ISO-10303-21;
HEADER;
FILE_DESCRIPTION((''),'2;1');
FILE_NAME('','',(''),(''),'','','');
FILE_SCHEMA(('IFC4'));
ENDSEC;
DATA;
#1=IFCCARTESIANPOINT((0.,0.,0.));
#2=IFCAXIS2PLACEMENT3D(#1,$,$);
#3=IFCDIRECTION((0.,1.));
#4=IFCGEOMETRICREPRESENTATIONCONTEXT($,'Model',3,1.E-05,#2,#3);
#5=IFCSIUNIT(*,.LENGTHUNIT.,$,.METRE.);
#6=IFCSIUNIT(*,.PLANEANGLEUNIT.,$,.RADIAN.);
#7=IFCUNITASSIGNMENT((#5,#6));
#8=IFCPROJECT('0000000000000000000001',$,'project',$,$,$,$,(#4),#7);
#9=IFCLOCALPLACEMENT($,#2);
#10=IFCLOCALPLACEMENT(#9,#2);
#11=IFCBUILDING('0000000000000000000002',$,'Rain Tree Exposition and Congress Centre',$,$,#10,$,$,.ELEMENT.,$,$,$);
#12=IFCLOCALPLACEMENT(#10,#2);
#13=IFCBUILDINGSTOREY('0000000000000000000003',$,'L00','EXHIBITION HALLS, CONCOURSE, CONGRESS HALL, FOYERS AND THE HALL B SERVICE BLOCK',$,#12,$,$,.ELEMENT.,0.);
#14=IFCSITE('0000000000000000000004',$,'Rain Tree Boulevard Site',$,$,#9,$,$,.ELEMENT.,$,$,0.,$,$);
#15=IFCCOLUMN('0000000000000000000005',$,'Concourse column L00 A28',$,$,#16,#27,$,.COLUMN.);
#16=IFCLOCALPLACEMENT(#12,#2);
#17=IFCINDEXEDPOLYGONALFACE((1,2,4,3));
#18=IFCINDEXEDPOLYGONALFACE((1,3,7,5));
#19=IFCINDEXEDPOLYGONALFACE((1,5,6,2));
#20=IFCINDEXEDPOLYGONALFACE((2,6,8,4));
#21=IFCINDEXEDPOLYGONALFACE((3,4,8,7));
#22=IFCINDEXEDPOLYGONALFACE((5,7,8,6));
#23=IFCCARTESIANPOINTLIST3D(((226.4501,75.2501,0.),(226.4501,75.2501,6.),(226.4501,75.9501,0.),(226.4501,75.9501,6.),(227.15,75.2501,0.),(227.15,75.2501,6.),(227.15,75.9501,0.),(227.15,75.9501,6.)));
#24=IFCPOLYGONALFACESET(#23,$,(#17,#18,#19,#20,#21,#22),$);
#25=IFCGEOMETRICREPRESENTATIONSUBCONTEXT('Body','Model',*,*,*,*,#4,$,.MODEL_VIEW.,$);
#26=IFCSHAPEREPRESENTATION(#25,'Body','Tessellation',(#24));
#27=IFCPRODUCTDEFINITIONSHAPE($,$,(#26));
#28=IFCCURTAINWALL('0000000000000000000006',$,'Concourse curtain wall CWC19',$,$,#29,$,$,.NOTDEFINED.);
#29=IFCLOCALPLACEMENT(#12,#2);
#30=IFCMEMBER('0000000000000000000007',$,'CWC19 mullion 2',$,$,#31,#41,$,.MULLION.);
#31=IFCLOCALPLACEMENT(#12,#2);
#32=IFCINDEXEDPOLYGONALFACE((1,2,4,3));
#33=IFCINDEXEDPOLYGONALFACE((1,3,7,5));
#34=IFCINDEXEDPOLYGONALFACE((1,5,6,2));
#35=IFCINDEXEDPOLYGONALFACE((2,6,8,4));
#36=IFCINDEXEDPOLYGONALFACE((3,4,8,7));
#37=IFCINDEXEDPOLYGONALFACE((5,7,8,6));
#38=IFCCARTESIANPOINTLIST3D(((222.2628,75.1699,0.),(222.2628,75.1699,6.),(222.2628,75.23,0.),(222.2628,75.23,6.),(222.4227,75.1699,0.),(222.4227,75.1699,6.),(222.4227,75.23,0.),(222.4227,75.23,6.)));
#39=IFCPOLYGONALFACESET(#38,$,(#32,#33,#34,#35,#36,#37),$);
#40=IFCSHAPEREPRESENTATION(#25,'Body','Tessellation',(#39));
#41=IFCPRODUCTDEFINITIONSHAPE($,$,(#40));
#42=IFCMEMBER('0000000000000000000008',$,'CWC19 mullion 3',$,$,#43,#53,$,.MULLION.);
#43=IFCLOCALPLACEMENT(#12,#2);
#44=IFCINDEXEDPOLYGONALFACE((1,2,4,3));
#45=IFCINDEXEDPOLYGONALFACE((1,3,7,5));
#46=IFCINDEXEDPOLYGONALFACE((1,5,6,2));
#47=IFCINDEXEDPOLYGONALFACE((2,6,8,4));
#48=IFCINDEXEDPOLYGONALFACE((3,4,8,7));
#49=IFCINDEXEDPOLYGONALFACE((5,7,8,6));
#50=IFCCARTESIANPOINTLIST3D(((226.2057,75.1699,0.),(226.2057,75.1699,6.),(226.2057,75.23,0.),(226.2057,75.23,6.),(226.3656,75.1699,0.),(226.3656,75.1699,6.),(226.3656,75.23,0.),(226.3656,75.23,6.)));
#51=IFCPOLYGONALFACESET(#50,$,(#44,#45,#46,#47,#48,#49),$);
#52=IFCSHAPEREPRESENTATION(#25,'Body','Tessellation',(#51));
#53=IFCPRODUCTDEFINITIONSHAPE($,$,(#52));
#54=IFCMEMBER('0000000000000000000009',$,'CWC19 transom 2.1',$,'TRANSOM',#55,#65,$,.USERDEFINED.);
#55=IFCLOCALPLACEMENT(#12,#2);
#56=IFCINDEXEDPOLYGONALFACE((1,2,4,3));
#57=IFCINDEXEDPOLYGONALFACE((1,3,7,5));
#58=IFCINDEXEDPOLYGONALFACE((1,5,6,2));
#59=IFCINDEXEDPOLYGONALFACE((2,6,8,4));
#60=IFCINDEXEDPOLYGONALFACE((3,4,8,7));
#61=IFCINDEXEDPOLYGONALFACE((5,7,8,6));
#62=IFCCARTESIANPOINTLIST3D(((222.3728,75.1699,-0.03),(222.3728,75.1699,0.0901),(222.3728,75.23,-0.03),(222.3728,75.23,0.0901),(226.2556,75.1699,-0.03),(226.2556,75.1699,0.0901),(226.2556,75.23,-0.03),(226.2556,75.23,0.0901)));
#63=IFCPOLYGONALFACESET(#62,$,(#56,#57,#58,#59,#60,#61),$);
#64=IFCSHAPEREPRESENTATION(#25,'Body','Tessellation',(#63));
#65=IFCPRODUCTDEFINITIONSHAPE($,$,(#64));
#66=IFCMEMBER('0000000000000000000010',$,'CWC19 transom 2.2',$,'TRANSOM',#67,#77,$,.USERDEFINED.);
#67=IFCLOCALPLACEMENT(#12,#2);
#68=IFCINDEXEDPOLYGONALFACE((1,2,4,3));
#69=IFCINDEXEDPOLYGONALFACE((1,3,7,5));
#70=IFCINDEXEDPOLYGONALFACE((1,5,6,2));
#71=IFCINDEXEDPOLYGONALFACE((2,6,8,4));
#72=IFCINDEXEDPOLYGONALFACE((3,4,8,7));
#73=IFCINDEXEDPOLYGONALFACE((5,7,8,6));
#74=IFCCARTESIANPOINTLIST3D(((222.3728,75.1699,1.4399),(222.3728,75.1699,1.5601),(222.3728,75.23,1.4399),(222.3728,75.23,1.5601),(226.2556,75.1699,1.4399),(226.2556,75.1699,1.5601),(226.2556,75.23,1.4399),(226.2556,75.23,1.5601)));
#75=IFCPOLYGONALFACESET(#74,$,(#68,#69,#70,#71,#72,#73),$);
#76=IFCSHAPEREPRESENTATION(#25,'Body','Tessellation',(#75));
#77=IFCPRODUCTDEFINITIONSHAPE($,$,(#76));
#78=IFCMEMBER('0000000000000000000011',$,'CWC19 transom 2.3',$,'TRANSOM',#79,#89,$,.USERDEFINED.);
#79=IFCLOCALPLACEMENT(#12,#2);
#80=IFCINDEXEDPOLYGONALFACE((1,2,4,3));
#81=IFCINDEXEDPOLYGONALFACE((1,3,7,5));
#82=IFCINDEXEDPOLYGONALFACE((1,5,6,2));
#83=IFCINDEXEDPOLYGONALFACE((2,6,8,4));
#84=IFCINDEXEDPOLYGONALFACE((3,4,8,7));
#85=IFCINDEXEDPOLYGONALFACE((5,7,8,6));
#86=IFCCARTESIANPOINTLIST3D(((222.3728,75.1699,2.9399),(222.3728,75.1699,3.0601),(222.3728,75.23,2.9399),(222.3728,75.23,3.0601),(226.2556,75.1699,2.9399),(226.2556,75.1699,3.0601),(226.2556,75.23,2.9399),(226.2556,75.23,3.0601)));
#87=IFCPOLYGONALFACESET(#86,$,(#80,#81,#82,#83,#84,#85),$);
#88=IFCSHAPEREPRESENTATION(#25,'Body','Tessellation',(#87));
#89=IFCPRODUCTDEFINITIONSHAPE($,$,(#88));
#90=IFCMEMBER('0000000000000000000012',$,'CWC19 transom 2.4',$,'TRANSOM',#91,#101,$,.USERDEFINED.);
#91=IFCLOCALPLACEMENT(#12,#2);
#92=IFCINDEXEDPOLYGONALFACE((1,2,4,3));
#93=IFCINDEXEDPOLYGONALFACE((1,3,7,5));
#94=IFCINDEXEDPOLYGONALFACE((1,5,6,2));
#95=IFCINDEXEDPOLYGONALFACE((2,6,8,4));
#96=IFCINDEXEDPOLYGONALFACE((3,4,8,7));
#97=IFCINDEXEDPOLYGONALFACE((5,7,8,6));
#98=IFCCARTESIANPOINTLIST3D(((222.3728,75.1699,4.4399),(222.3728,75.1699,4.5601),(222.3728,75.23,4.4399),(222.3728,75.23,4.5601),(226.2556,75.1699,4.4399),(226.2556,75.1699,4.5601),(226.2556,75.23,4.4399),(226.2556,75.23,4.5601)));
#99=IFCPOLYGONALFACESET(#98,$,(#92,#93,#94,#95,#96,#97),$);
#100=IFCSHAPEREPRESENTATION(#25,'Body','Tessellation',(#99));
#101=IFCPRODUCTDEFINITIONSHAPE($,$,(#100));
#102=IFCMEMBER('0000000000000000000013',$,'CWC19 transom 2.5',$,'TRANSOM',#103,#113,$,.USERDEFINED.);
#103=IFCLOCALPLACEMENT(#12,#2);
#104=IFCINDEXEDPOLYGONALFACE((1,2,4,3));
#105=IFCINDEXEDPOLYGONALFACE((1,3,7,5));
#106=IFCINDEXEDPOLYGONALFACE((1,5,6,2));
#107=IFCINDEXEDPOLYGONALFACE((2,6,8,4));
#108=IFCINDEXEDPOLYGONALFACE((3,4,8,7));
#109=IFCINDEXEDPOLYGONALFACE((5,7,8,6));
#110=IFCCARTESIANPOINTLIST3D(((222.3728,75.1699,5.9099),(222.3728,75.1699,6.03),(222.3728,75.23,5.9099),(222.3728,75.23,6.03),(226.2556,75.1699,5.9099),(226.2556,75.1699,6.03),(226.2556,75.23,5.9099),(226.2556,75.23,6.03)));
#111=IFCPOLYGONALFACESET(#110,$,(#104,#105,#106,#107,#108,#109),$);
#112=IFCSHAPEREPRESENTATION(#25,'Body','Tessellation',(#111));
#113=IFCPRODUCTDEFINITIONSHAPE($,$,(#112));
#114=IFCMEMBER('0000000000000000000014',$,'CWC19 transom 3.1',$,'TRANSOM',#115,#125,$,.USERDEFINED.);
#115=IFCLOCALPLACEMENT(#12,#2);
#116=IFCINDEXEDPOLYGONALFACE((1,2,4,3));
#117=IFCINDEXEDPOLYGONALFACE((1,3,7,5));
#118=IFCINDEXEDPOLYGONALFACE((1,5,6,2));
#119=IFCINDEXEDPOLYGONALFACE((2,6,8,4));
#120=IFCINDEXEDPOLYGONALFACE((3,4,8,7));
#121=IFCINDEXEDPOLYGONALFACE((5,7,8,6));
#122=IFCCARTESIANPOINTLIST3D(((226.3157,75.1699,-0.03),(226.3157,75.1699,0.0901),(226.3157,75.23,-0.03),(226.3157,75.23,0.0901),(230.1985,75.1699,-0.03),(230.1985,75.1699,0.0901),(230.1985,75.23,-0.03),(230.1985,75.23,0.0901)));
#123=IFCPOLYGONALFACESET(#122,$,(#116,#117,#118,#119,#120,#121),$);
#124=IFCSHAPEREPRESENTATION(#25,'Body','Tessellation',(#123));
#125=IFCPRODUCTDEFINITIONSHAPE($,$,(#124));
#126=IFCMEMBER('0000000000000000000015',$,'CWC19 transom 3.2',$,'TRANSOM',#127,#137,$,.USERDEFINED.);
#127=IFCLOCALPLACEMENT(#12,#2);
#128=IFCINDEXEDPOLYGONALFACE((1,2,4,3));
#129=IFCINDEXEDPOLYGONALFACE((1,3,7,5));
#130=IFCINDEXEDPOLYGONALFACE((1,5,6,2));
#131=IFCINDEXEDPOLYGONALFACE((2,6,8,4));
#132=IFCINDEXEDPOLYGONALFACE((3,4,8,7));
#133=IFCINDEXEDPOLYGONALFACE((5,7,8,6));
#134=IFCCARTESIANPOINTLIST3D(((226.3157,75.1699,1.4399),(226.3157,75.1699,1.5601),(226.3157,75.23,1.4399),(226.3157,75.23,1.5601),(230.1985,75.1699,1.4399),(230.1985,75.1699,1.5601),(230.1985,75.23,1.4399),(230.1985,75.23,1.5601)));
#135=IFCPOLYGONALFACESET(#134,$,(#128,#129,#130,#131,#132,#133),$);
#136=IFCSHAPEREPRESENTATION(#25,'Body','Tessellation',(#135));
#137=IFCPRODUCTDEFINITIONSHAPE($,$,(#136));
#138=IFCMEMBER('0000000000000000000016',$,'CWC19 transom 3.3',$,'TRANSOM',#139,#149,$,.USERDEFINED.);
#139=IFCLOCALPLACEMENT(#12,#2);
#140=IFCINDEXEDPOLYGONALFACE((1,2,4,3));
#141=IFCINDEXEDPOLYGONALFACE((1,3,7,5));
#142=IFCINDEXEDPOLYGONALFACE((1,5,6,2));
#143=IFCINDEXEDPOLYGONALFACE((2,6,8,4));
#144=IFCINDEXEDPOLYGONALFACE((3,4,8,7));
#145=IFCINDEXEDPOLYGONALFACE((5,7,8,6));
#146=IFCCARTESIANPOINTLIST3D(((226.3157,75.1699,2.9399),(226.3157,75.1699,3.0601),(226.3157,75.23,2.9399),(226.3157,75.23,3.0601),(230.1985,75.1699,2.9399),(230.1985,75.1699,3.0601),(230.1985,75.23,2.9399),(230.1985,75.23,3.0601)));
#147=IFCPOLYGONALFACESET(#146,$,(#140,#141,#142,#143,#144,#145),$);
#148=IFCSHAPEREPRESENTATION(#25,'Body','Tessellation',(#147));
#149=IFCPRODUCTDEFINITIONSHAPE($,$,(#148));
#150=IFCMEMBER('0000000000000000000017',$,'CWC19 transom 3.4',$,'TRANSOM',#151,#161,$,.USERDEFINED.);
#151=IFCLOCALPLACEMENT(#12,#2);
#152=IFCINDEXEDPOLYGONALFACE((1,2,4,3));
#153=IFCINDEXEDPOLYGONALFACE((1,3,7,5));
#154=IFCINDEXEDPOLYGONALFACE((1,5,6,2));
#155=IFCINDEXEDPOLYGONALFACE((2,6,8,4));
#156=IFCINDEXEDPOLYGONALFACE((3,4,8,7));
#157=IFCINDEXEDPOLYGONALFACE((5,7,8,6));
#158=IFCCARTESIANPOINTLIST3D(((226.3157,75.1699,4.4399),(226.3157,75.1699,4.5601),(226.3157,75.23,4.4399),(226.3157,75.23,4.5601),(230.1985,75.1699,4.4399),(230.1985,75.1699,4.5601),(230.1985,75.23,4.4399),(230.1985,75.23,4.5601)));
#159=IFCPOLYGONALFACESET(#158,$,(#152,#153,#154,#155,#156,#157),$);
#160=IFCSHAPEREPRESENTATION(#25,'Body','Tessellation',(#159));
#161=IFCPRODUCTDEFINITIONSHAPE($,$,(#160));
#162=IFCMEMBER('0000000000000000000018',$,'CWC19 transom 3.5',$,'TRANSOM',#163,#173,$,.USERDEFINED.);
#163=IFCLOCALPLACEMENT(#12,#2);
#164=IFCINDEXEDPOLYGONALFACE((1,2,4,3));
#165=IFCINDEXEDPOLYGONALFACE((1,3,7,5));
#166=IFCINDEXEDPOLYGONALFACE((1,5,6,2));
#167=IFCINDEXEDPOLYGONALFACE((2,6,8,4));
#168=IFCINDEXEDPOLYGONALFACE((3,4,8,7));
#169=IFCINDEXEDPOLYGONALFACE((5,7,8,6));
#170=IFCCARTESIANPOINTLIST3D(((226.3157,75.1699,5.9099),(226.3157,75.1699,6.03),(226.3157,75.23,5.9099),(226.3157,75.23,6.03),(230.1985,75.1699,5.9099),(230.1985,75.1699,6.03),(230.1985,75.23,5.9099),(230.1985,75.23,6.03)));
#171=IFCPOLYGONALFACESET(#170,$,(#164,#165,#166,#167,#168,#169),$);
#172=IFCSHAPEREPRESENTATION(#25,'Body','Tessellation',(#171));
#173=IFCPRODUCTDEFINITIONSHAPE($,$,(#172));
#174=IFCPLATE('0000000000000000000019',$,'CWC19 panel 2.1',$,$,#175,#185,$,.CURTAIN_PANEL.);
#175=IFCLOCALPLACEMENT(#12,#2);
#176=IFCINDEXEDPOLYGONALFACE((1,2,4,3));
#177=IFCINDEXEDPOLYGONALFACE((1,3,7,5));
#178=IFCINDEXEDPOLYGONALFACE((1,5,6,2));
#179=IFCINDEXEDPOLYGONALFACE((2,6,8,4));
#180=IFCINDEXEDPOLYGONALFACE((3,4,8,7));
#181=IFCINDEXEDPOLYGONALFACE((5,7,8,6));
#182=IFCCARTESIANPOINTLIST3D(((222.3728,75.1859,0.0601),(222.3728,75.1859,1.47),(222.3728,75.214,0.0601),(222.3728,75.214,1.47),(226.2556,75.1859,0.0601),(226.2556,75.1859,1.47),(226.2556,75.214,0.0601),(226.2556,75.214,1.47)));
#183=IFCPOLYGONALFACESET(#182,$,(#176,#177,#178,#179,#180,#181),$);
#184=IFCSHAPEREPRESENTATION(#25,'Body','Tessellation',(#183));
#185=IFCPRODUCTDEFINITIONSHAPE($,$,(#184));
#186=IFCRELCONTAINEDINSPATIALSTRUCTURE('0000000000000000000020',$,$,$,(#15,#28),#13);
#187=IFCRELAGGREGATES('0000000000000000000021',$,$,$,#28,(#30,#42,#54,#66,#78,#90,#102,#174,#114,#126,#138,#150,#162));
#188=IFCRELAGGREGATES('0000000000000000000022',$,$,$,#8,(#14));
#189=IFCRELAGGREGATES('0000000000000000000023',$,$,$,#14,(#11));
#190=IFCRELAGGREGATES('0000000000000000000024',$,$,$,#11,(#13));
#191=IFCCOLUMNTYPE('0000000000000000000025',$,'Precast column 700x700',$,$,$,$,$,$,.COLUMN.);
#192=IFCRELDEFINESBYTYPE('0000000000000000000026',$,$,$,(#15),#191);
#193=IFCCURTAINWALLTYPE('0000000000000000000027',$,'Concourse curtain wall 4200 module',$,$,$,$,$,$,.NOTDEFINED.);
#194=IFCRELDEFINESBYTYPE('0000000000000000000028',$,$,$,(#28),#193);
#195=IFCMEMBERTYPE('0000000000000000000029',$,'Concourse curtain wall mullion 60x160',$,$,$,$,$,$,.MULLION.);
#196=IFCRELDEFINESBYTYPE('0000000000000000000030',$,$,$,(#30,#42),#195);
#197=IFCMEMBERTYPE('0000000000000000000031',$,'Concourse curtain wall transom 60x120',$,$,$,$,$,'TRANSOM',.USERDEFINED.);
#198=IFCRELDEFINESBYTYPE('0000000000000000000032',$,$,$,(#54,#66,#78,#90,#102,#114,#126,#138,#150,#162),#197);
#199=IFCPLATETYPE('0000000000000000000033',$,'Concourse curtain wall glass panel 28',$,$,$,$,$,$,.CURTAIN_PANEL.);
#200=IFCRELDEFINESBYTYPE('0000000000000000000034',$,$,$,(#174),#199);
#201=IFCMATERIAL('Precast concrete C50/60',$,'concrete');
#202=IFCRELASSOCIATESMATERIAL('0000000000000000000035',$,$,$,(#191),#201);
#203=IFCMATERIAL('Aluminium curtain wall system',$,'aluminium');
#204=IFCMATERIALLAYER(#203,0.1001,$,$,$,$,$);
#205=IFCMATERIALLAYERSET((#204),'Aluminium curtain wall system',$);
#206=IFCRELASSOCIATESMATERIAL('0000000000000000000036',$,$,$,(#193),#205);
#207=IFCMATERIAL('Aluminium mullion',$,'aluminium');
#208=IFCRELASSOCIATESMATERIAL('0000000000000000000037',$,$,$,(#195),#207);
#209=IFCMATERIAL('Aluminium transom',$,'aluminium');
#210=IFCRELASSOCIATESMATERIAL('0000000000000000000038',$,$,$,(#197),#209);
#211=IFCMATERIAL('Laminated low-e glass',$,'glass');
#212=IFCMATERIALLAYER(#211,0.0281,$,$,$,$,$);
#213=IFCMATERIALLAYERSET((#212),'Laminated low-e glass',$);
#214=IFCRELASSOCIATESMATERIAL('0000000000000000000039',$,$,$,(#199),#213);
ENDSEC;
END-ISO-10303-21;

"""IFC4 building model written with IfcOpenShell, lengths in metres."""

from ifc_helpers import new_model, si_unit, direction, frame, origin, origin_2d, place, context, subcontext, project, spatial, rectangle, extrude, material, layer, layer_set, material_profile, profile_set, type_object, element, aggregate, save


model = new_model("IFC4")

# Units and contexts
model_context = context("Model", 3, precision=1e-05, world=origin(), true_north=direction((0.0, 1.0)))
body_context = subcontext(model_context, "Body", "Model", "MODEL_VIEW")
ifc_project = project(units=[si_unit("LENGTHUNIT", "METRE"), si_unit("PLANEANGLEUNIT", "RADIAN")], contexts=[model_context])

# Site, building, storey
site_placement = place(None, origin())
site = spatial("IfcSite", under=ifc_project, at=site_placement, Name="Rain Tree Boulevard Site", CompositionType="ELEMENT", RefElevation=0.0)
building_placement = place(site_placement, origin())
building = spatial("IfcBuilding", under=site, at=building_placement, Name="Rain Tree Exposition and Congress Centre", CompositionType="ELEMENT")
storey_placement = place(building_placement, origin())
storey = spatial("IfcBuildingStorey", under=building, at=storey_placement, Name="L00", Description="EXHIBITION HALLS, CONCOURSE, CONGRESS HALL, FOYERS AND THE HALL B SERVICE BLOCK", CompositionType="ELEMENT", Elevation=0.0)

# Column
ifc_material_1 = material(Name="Precast concrete C50/60", Category="concrete")
ifc_material_profile_1 = material_profile(ifc_material_1, rectangle(XDim=0.7, YDim=0.7, at=origin_2d()), Name="RC 700x700")
ifc_profile_set_1 = profile_set([ifc_material_profile_1], Name="Precast concrete C50/60")
column_type = type_object("IfcColumnType", Name="Precast column 700x700", PredefinedType="COLUMN", material=ifc_profile_set_1)
column_placement = place(storey_placement, frame((226.8, 75.6001, 0.0), z_axis=(0.0, 0.0, 1.0), x_axis=(1.0, 0.0, 0.0)))
element("IfcColumn", 1, at=column_placement, inside=storey, type_object=column_type, Name="Concourse column L00 A28", PredefinedType="COLUMN", context=body_context, shape_type="SweptSolid", body=[
    extrude(rectangle(XDim=0.7, YDim=0.7, at=origin_2d()), origin(), (0.0, 0.0, 1.0), 6.0),
])

# Curtain wall, members, plate
ifc_material_2 = material(Name="Aluminium curtain wall system", Category="aluminium")
ifc_layer_1 = layer(ifc_material_2, 0.1001)
ifc_layer_set_1 = layer_set([ifc_layer_1], Name="Aluminium curtain wall system")
curtain_wall_type = type_object("IfcCurtainWallType", Name="Concourse curtain wall 4200 module", PredefinedType="NOTDEFINED", material=ifc_layer_set_1)
curtain_wall_placement = place(storey_placement, origin())
curtain_wall = element("IfcCurtainWall", 2, at=curtain_wall_placement, inside=storey, type_object=curtain_wall_type, Name="Concourse curtain wall CWC19", PredefinedType="NOTDEFINED")
ifc_material_3 = material(Name="Aluminium mullion", Category="aluminium")
ifc_material_profile_2 = material_profile(ifc_material_3, rectangle(XDim=0.0601, YDim=0.1599, at=origin_2d()), Name="AL 60x160")
ifc_profile_set_2 = profile_set([ifc_material_profile_2], Name="Aluminium mullion")
member_type_1 = type_object("IfcMemberType", Name="Concourse curtain wall mullion 60x160", PredefinedType="MULLION", material=ifc_profile_set_2)
member_1_placement = place(storey_placement, frame((222.3428, 75.2, 0.0), z_axis=(0.0, 0.0, 1.0), x_axis=(0.0, 1.0, 0.0)))
member_1 = element("IfcMember", 3, at=member_1_placement, type_object=member_type_1, Name="CWC19 mullion 2", PredefinedType="MULLION", context=body_context, shape_type="SweptSolid", body=[
    extrude(rectangle(XDim=0.0601, YDim=0.1599, at=origin_2d()), origin(), (0.0, 0.0, 1.0), 6.0),
])
member_2_placement = place(storey_placement, frame((226.2856, 75.2, 0.0), z_axis=(0.0, 0.0, 1.0), x_axis=(0.0, 1.0, 0.0)))
member_2 = element("IfcMember", 4, at=member_2_placement, type_object=member_type_1, Name="CWC19 mullion 3", PredefinedType="MULLION", context=body_context, shape_type="SweptSolid", body=[
    extrude(rectangle(XDim=0.0601, YDim=0.1599, at=origin_2d()), origin(), (0.0, 0.0, 1.0), 6.0),
])
ifc_material_4 = material(Name="Aluminium transom", Category="aluminium")
ifc_material_profile_3 = material_profile(ifc_material_4, rectangle(XDim=0.0601, YDim=0.1201, at=origin_2d()), Name="AL 60x120")
ifc_profile_set_3 = profile_set([ifc_material_profile_3], Name="Aluminium transom")
member_type_2 = type_object("IfcMemberType", Name="Concourse curtain wall transom 60x120", ElementType="TRANSOM", PredefinedType="USERDEFINED", material=ifc_profile_set_3)
member_3_placement = place(storey_placement, frame((222.3728, 75.2, 0.03), z_axis=(1.0, 0.0, 0.0), x_axis=(0.0, 1.0, 0.0)))
member_3 = element("IfcMember", 5, at=member_3_placement, type_object=member_type_2, Name="CWC19 transom 2.1", ObjectType="TRANSOM", PredefinedType="USERDEFINED", context=body_context, shape_type="SweptSolid", body=[
    extrude(rectangle(XDim=0.0601, YDim=0.1201, at=origin_2d()), origin(), (0.0, 0.0, 1.0), 3.8828),
])
member_4_placement = place(storey_placement, frame((222.3728, 75.2, 1.5), z_axis=(1.0, 0.0, 0.0), x_axis=(0.0, 1.0, 0.0)))
member_4 = element("IfcMember", 6, at=member_4_placement, type_object=member_type_2, Name="CWC19 transom 2.2", ObjectType="TRANSOM", PredefinedType="USERDEFINED", context=body_context, shape_type="SweptSolid", body=[
    extrude(rectangle(XDim=0.0601, YDim=0.1201, at=origin_2d()), origin(), (0.0, 0.0, 1.0), 3.8828),
])
member_5_placement = place(storey_placement, frame((222.3728, 75.2, 3.0), z_axis=(1.0, 0.0, 0.0), x_axis=(0.0, 1.0, 0.0)))
member_5 = element("IfcMember", 7, at=member_5_placement, type_object=member_type_2, Name="CWC19 transom 2.3", ObjectType="TRANSOM", PredefinedType="USERDEFINED", context=body_context, shape_type="SweptSolid", body=[
    extrude(rectangle(XDim=0.0601, YDim=0.1201, at=origin_2d()), origin(), (0.0, 0.0, 1.0), 3.8828),
])
member_6_placement = place(storey_placement, frame((222.3728, 75.2, 4.5), z_axis=(1.0, 0.0, 0.0), x_axis=(0.0, 1.0, 0.0)))
member_6 = element("IfcMember", 8, at=member_6_placement, type_object=member_type_2, Name="CWC19 transom 2.4", ObjectType="TRANSOM", PredefinedType="USERDEFINED", context=body_context, shape_type="SweptSolid", body=[
    extrude(rectangle(XDim=0.0601, YDim=0.1201, at=origin_2d()), origin(), (0.0, 0.0, 1.0), 3.8828),
])
member_7_placement = place(storey_placement, frame((222.3728, 75.2, 5.97), z_axis=(1.0, 0.0, 0.0), x_axis=(0.0, 1.0, 0.0)))
member_7 = element("IfcMember", 9, at=member_7_placement, type_object=member_type_2, Name="CWC19 transom 2.5", ObjectType="TRANSOM", PredefinedType="USERDEFINED", context=body_context, shape_type="SweptSolid", body=[
    extrude(rectangle(XDim=0.0601, YDim=0.1201, at=origin_2d()), origin(), (0.0, 0.0, 1.0), 3.8828),
])
member_8_placement = place(storey_placement, frame((226.3157, 75.2, 0.03), z_axis=(1.0, 0.0, 0.0), x_axis=(0.0, 1.0, 0.0)))
member_8 = element("IfcMember", 10, at=member_8_placement, type_object=member_type_2, Name="CWC19 transom 3.1", ObjectType="TRANSOM", PredefinedType="USERDEFINED", context=body_context, shape_type="SweptSolid", body=[
    extrude(rectangle(XDim=0.0601, YDim=0.1201, at=origin_2d()), origin(), (0.0, 0.0, 1.0), 3.8828),
])
member_9_placement = place(storey_placement, frame((226.3157, 75.2, 1.5), z_axis=(1.0, 0.0, 0.0), x_axis=(0.0, 1.0, 0.0)))
member_9 = element("IfcMember", 11, at=member_9_placement, type_object=member_type_2, Name="CWC19 transom 3.2", ObjectType="TRANSOM", PredefinedType="USERDEFINED", context=body_context, shape_type="SweptSolid", body=[
    extrude(rectangle(XDim=0.0601, YDim=0.1201, at=origin_2d()), origin(), (0.0, 0.0, 1.0), 3.8828),
])
member_10_placement = place(storey_placement, frame((226.3157, 75.2, 3.0), z_axis=(1.0, 0.0, 0.0), x_axis=(0.0, 1.0, 0.0)))
member_10 = element("IfcMember", 12, at=member_10_placement, type_object=member_type_2, Name="CWC19 transom 3.3", ObjectType="TRANSOM", PredefinedType="USERDEFINED", context=body_context, shape_type="SweptSolid", body=[
    extrude(rectangle(XDim=0.0601, YDim=0.1201, at=origin_2d()), origin(), (0.0, 0.0, 1.0), 3.8828),
])
member_11_placement = place(storey_placement, frame((226.3157, 75.2, 4.5), z_axis=(1.0, 0.0, 0.0), x_axis=(0.0, 1.0, 0.0)))
member_11 = element("IfcMember", 13, at=member_11_placement, type_object=member_type_2, Name="CWC19 transom 3.4", ObjectType="TRANSOM", PredefinedType="USERDEFINED", context=body_context, shape_type="SweptSolid", body=[
    extrude(rectangle(XDim=0.0601, YDim=0.1201, at=origin_2d()), origin(), (0.0, 0.0, 1.0), 3.8828),
])
member_12_placement = place(storey_placement, frame((226.3157, 75.2, 5.97), z_axis=(1.0, 0.0, 0.0), x_axis=(0.0, 1.0, 0.0)))
member_12 = element("IfcMember", 14, at=member_12_placement, type_object=member_type_2, Name="CWC19 transom 3.5", ObjectType="TRANSOM", PredefinedType="USERDEFINED", context=body_context, shape_type="SweptSolid", body=[
    extrude(rectangle(XDim=0.0601, YDim=0.1201, at=origin_2d()), origin(), (0.0, 0.0, 1.0), 3.8828),
])
ifc_material_5 = material(Name="Laminated low-e glass", Category="glass")
ifc_layer_2 = layer(ifc_material_5, 0.0281)
ifc_layer_set_2 = layer_set([ifc_layer_2], Name="Laminated low-e glass")
plate_type = type_object("IfcPlateType", Name="Concourse curtain wall glass panel 28", PredefinedType="CURTAIN_PANEL", material=ifc_layer_set_2)
plate_1_placement = place(storey_placement, frame((224.3142, 75.2, 0.0601), z_axis=(0.0, 0.0, 1.0), x_axis=(1.0, 0.0, 0.0)))
plate_1 = element("IfcPlate", 15, at=plate_1_placement, type_object=plate_type, Name="CWC19 panel 2.1", PredefinedType="CURTAIN_PANEL", context=body_context, shape_type="SweptSolid", body=[
    extrude(rectangle(XDim=3.8828, YDim=0.0281, at=origin_2d()), origin(), (0.0, 0.0, 1.0), 1.4099),
])
aggregate(curtain_wall, [member_1, member_2, member_3, member_4, member_5, member_6, member_7, plate_1, member_8, member_9, member_10, member_11, member_12])

save(model, "model.ifc")
